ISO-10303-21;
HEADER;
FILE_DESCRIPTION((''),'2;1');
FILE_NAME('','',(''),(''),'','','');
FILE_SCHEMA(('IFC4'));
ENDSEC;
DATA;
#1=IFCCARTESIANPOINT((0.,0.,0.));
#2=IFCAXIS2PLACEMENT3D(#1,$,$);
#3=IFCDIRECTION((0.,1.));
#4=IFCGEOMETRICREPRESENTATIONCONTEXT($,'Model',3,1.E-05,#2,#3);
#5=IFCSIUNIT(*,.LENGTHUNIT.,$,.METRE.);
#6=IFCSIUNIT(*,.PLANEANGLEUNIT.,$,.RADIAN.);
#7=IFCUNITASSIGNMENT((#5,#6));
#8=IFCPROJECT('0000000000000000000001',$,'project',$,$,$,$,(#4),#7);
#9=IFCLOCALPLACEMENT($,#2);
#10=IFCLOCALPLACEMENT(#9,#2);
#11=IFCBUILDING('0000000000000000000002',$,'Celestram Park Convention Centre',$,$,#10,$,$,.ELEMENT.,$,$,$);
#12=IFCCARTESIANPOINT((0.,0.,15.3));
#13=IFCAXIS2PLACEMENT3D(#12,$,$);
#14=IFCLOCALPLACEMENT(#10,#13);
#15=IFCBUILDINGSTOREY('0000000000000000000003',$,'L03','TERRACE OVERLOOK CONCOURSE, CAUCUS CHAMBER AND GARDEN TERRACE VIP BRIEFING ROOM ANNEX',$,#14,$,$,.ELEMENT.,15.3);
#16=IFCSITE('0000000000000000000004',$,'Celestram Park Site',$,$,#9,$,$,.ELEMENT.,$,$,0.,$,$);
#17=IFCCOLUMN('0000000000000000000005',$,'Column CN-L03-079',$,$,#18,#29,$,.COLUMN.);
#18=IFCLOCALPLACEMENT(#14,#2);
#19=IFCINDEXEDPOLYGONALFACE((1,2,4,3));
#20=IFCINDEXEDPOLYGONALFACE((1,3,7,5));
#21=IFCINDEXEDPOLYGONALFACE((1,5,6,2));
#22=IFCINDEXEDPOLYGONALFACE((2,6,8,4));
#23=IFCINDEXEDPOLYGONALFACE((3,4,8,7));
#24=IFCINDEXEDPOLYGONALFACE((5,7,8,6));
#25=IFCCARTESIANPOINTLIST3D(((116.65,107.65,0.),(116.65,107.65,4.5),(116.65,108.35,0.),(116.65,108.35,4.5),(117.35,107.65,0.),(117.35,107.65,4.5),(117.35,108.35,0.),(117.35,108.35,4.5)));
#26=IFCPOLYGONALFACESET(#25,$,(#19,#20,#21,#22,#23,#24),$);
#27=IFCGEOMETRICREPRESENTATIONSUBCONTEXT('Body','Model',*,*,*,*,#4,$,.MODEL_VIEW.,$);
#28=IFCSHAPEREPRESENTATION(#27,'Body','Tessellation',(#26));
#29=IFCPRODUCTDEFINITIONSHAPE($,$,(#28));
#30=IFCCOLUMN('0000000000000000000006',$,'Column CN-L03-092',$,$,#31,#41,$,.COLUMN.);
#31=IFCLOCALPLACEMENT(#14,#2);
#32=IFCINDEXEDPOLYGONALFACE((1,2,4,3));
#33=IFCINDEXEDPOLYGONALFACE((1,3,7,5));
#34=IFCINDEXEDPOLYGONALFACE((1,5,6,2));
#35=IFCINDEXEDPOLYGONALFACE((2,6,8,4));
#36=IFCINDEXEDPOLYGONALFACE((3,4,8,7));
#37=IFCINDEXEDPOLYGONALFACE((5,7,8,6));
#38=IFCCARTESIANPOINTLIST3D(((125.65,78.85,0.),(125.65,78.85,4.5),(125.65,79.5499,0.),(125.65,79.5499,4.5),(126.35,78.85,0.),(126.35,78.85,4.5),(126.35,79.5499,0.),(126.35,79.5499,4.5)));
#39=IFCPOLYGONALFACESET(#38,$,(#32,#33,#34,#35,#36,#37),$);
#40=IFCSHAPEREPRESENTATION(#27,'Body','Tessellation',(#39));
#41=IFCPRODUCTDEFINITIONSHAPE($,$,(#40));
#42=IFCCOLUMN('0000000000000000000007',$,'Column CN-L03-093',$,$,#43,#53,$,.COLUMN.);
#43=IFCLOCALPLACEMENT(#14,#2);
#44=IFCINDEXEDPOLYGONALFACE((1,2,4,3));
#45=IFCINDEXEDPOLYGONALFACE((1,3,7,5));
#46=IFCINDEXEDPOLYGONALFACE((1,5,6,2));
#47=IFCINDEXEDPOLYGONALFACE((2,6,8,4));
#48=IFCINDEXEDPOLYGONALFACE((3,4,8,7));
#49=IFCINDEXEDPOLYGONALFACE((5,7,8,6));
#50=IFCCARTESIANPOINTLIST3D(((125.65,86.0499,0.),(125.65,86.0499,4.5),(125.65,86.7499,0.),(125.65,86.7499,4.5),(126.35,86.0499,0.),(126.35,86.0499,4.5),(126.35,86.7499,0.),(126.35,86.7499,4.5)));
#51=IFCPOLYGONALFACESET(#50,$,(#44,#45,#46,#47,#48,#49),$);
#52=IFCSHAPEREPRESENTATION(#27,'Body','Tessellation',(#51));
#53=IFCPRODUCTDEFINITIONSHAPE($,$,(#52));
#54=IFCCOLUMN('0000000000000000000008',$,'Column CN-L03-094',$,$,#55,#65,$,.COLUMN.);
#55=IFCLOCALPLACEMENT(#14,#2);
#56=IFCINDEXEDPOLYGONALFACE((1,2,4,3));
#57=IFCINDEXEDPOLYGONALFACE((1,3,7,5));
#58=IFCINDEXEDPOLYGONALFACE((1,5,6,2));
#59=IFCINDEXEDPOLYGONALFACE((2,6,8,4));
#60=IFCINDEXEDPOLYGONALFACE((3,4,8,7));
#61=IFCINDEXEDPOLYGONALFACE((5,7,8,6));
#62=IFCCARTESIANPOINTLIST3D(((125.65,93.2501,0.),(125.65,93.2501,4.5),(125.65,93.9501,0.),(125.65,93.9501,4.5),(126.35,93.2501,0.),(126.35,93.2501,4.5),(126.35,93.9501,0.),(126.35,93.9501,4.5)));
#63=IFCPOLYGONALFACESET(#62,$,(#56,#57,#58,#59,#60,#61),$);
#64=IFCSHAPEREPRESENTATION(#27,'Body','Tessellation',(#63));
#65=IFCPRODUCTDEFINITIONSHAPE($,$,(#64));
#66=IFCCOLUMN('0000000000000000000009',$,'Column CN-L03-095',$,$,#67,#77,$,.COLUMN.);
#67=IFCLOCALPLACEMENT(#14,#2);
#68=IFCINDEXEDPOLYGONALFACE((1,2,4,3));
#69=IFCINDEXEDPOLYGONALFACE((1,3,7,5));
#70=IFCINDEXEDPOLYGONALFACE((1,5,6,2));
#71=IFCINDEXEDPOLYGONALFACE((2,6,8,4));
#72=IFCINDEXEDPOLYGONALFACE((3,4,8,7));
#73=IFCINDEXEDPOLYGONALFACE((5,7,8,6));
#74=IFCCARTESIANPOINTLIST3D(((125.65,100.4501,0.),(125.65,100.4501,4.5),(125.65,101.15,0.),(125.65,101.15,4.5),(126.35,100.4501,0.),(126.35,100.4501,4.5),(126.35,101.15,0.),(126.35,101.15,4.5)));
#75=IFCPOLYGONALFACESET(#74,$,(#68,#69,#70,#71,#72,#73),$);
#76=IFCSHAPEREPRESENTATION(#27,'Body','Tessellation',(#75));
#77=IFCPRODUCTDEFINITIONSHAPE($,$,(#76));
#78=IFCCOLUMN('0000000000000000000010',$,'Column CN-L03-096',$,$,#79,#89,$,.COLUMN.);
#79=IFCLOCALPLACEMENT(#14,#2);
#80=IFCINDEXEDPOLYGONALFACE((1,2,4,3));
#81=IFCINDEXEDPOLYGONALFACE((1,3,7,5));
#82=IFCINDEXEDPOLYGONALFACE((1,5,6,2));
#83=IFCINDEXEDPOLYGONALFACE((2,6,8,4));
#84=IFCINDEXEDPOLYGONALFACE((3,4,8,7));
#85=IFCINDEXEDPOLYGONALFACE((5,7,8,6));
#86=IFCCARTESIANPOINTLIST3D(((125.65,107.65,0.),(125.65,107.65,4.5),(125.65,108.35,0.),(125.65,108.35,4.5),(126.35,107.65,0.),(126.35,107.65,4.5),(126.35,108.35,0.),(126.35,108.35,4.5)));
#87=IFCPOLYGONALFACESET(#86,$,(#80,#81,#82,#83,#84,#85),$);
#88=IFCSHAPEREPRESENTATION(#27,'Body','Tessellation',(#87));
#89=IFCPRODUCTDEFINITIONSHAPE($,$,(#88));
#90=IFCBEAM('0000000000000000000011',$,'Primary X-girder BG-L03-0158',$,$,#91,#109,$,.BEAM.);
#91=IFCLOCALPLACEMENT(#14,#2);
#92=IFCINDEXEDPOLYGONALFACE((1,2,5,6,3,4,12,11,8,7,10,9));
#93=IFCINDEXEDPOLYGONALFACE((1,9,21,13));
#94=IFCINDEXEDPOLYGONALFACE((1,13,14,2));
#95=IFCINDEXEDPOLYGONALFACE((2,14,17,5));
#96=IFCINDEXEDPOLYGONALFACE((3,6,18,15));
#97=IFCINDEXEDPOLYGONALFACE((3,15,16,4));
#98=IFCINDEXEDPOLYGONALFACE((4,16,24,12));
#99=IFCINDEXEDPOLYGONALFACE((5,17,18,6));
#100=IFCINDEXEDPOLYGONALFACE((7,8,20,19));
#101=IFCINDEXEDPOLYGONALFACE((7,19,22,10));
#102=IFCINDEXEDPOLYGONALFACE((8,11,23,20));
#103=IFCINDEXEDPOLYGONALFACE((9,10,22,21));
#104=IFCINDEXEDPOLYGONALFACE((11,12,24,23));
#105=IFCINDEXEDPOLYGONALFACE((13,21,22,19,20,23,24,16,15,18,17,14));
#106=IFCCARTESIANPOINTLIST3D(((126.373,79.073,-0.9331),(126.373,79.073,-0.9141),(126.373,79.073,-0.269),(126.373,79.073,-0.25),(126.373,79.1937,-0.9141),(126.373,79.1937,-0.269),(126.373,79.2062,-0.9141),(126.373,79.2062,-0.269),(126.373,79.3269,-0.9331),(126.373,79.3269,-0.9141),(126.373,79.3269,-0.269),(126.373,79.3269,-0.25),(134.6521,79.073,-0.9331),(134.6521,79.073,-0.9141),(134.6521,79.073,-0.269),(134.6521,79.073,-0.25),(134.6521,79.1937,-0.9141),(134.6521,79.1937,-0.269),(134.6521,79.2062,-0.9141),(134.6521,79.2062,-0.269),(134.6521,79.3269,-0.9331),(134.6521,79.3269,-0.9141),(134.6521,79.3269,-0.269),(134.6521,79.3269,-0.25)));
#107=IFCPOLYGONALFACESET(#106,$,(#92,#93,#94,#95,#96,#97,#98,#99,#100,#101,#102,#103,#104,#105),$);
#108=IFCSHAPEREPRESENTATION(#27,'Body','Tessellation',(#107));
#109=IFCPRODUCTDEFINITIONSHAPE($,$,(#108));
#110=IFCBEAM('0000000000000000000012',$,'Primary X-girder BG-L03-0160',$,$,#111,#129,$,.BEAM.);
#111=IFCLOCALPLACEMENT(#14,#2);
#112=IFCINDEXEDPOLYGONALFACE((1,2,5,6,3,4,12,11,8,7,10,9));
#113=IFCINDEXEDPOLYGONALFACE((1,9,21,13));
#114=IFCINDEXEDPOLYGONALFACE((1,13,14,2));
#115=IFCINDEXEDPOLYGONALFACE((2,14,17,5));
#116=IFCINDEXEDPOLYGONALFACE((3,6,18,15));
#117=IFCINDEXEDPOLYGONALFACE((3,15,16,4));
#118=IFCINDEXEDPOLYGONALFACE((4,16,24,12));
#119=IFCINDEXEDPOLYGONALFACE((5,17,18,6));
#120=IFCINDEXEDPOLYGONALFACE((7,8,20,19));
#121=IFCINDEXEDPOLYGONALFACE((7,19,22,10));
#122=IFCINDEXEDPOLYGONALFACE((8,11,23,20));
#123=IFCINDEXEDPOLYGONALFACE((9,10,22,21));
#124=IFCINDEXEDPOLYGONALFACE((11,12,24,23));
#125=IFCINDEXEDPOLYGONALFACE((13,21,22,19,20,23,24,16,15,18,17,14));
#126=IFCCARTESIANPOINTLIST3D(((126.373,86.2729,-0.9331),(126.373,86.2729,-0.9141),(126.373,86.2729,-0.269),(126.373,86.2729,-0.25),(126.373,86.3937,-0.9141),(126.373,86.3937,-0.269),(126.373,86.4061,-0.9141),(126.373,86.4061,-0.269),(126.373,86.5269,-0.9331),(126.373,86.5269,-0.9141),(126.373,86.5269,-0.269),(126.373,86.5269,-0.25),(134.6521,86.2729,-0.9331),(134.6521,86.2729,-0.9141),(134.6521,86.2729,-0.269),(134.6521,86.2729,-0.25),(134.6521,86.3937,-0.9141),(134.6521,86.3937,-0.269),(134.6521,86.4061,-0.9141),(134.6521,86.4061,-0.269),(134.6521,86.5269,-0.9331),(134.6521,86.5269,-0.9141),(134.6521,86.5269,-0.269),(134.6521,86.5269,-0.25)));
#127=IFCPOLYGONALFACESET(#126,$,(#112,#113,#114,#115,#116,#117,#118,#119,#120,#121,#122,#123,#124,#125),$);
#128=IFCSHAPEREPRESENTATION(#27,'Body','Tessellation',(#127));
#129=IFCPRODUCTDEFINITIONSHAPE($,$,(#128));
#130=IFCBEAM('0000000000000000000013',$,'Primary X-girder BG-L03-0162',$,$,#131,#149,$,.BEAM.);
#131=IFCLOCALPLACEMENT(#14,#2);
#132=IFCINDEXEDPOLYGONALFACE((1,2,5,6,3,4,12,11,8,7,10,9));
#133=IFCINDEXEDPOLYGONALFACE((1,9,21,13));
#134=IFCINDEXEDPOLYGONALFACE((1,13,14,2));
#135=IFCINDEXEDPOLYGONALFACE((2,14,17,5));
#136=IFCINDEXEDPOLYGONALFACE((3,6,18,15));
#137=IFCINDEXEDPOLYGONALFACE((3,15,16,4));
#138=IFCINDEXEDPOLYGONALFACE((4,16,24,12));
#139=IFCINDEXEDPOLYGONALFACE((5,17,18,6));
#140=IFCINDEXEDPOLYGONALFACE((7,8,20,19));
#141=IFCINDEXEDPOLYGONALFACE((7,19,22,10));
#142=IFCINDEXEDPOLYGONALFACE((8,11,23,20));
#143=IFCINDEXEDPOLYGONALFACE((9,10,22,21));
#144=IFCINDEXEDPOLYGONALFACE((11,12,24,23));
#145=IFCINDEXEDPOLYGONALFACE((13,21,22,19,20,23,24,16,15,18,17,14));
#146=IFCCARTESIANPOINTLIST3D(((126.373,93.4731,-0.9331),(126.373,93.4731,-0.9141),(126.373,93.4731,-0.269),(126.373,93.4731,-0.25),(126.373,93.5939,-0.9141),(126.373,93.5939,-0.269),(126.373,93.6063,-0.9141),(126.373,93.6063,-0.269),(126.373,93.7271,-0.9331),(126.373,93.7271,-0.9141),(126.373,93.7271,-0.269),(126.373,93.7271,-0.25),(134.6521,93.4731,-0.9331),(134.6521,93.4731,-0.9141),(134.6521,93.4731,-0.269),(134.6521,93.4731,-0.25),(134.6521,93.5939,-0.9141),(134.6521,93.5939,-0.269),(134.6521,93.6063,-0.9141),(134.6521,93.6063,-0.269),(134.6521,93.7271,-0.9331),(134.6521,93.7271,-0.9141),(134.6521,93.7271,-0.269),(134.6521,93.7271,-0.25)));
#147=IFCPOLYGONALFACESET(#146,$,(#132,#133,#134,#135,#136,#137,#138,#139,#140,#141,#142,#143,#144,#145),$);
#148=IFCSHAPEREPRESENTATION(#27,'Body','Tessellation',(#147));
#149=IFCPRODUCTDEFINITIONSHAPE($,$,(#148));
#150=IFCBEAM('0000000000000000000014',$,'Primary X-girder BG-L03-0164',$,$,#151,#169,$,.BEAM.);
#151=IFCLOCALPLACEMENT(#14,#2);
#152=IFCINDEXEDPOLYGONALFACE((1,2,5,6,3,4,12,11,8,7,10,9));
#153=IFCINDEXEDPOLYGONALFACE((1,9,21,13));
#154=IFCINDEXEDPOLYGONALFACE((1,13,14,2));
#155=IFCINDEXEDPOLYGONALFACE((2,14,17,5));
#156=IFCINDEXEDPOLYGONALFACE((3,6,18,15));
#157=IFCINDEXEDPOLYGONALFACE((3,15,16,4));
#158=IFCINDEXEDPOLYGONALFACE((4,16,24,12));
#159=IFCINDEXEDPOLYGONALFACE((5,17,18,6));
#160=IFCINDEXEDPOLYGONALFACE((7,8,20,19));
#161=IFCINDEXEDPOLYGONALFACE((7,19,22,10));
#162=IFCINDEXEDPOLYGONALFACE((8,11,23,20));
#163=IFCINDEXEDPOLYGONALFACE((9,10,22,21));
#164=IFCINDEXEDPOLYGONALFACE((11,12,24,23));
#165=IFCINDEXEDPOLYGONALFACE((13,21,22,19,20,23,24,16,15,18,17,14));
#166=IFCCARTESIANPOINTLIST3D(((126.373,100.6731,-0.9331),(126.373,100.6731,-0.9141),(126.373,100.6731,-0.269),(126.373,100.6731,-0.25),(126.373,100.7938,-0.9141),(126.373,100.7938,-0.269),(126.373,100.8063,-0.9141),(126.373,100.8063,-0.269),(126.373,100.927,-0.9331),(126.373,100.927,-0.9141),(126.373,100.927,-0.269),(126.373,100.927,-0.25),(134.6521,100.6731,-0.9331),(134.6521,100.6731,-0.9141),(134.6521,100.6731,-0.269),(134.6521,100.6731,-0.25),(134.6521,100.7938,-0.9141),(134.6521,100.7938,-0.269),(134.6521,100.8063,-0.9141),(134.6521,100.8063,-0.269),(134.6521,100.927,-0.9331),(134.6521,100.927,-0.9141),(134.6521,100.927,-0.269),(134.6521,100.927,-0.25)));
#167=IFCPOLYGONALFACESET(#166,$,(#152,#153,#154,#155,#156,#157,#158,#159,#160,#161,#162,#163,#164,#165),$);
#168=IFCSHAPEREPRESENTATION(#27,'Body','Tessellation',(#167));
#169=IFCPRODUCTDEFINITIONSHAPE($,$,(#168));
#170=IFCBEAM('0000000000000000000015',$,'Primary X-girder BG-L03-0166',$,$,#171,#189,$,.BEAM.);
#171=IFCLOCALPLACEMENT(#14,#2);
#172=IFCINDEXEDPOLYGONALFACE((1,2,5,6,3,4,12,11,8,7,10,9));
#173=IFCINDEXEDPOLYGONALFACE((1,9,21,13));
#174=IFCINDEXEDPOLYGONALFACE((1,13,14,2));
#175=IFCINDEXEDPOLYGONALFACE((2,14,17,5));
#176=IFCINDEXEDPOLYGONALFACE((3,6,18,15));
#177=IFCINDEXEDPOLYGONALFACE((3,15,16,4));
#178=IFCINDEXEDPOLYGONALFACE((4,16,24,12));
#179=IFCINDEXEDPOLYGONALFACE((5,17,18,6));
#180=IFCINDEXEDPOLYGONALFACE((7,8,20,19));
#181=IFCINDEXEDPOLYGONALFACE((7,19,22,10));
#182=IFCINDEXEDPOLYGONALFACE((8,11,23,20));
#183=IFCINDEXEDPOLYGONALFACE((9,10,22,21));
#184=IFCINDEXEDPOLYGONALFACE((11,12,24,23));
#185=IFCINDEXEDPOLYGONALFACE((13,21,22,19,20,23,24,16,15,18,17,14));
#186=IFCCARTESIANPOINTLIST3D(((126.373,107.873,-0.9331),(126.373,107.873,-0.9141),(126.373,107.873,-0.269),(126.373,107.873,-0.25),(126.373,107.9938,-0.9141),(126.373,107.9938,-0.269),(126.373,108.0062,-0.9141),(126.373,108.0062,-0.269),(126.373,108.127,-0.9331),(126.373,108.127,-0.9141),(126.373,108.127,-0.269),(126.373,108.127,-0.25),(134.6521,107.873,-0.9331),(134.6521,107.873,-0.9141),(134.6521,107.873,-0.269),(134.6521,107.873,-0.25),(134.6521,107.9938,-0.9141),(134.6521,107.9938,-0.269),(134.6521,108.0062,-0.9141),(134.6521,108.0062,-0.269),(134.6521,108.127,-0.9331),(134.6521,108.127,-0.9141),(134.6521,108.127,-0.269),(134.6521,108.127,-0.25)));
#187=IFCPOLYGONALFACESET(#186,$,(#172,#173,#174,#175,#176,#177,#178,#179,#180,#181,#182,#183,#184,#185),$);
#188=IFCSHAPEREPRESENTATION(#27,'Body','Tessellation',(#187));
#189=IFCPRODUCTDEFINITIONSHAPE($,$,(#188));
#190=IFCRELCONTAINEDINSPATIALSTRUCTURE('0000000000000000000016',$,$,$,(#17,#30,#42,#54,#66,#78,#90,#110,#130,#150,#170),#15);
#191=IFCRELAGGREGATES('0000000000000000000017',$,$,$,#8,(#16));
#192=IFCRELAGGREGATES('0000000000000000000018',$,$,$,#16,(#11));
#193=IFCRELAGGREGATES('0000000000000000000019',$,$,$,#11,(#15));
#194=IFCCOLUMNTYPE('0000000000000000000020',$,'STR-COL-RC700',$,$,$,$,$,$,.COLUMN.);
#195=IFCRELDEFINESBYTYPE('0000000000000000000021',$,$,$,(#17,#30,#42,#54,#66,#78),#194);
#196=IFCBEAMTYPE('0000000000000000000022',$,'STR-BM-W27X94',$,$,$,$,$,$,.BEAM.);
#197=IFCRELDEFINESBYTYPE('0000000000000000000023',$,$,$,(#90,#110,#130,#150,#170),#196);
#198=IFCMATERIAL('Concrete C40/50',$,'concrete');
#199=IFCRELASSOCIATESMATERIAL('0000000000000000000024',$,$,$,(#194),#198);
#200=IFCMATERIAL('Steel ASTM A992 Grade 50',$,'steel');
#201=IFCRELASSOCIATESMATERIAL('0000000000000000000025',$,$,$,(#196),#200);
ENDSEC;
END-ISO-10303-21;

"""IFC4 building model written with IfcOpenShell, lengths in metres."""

from ifc_helpers import new_model, si_unit, direction, frame, origin, origin_2d, place, context, subcontext, project, spatial, rectangle, i_section, extrude, material, material_profile, profile_set, type_object, element, save


model = new_model("IFC4")

# Units and contexts
model_context = context("Model", 3, precision=1e-05, world=origin(), true_north=direction((0.0, 1.0)))
body_context = subcontext(model_context, "Body", "Model", "MODEL_VIEW")
ifc_project = project(units=[si_unit("LENGTHUNIT", "METRE"), si_unit("PLANEANGLEUNIT", "RADIAN")], contexts=[model_context])

# Site, building, storey
site_placement = place(None, origin())
site = spatial("IfcSite", under=ifc_project, at=site_placement, Name="Celestram Park Site", CompositionType="ELEMENT", RefElevation=0.0)
building_placement = place(site_placement, origin())
building = spatial("IfcBuilding", under=site, at=building_placement, Name="Celestram Park Convention Centre", CompositionType="ELEMENT")
storey_placement = place(building_placement, frame((0.0, 0.0, 15.3)))
storey = spatial("IfcBuildingStorey", under=building, at=storey_placement, Name="L03", Description="TERRACE OVERLOOK CONCOURSE, CAUCUS CHAMBER AND GARDEN TERRACE VIP BRIEFING ROOM ANNEX", CompositionType="ELEMENT", Elevation=15.3)

# Columns
ifc_material_1 = material(Name="Concrete C40/50", Category="concrete")
ifc_material_profile_1 = material_profile(ifc_material_1, rectangle(XDim=0.7, YDim=0.7, at=origin_2d()), Name="RC700X700")
ifc_profile_set_1 = profile_set([ifc_material_profile_1], Name="Concrete C40/50")
column_type = type_object("IfcColumnType", Name="STR-COL-RC700", PredefinedType="COLUMN", material=ifc_profile_set_1)
for number, where, z_axis, x_axis, name in (
    (1, (117.0, 108.0, 0.0), (0.0, 0.0, 1.0), (1.0, 0.0, 0.0), "Column CN-L03-079"),
    (2, (126.0, 79.2, 0.0), (0.0, 0.0, 1.0), (1.0, 0.0, 0.0), "Column CN-L03-092"),
    (3, (126.0, 86.3999, 0.0), (0.0, 0.0, 1.0), (1.0, 0.0, 0.0), "Column CN-L03-093"),
    (4, (126.0, 93.6001, 0.0), (0.0, 0.0, 1.0), (1.0, 0.0, 0.0), "Column CN-L03-094"),
    (5, (126.0, 100.8, 0.0), (0.0, 0.0, 1.0), (1.0, 0.0, 0.0), "Column CN-L03-095"),
    (6, (126.0, 108.0, 0.0), (0.0, 0.0, 1.0), (1.0, 0.0, 0.0), "Column CN-L03-096"),
):
    element("IfcColumn", number, at=place(storey_placement, frame(where, z_axis=z_axis, x_axis=x_axis)), inside=storey, type_object=column_type, Name=name, PredefinedType="COLUMN", context=body_context, shape_type="SweptSolid", body=[
        extrude(rectangle(XDim=0.7, YDim=0.7, at=origin_2d()), origin(), (0.0, 0.0, 1.0), 4.5),
    ])

# Beams
ifc_material_2 = material(Name="Steel ASTM A992 Grade 50", Category="steel")
ifc_material_profile_2 = material_profile(ifc_material_2, i_section(OverallWidth=0.2539, OverallDepth=0.6831, WebThickness=0.0125, FlangeThickness=0.019, at=origin_2d()), Name="W27X94")
ifc_profile_set_2 = profile_set([ifc_material_profile_2], Name="Steel ASTM A992 Grade 50")
beam_type_1 = type_object("IfcBeamType", Name="STR-BM-W27X94", PredefinedType="BEAM", material=ifc_profile_set_2)
for number, where, z_axis, x_axis, name in (
    (7, (126.373, 79.2, -0.5916), (1.0, 0.0, 0.0), (0.0, 1.0, 0.0), "Primary X-girder BG-L03-0158"),
    (8, (126.373, 86.3999, -0.5916), (1.0, 0.0, 0.0), (0.0, 1.0, 0.0), "Primary X-girder BG-L03-0160"),
    (9, (126.373, 93.6001, -0.5916), (1.0, 0.0, 0.0), (0.0, 1.0, 0.0), "Primary X-girder BG-L03-0162"),
    (10, (126.373, 100.8, -0.5916), (1.0, 0.0, 0.0), (0.0, 1.0, 0.0), "Primary X-girder BG-L03-0164"),
    (11, (126.373, 108.0, -0.5916), (1.0, 0.0, 0.0), (0.0, 1.0, 0.0), "Primary X-girder BG-L03-0166"),
):
    element("IfcBeam", number, at=place(storey_placement, frame(where, z_axis=z_axis, x_axis=x_axis)), inside=storey, type_object=beam_type_1, Name=name, PredefinedType="BEAM", context=body_context, shape_type="SweptSolid", body=[
        extrude(i_section(OverallWidth=0.2539, OverallDepth=0.6831, WebThickness=0.0125, FlangeThickness=0.019, at=origin_2d()), origin(), (0.0, 0.0, 1.0), 8.2791),
    ])

save(model, "model.ifc")
